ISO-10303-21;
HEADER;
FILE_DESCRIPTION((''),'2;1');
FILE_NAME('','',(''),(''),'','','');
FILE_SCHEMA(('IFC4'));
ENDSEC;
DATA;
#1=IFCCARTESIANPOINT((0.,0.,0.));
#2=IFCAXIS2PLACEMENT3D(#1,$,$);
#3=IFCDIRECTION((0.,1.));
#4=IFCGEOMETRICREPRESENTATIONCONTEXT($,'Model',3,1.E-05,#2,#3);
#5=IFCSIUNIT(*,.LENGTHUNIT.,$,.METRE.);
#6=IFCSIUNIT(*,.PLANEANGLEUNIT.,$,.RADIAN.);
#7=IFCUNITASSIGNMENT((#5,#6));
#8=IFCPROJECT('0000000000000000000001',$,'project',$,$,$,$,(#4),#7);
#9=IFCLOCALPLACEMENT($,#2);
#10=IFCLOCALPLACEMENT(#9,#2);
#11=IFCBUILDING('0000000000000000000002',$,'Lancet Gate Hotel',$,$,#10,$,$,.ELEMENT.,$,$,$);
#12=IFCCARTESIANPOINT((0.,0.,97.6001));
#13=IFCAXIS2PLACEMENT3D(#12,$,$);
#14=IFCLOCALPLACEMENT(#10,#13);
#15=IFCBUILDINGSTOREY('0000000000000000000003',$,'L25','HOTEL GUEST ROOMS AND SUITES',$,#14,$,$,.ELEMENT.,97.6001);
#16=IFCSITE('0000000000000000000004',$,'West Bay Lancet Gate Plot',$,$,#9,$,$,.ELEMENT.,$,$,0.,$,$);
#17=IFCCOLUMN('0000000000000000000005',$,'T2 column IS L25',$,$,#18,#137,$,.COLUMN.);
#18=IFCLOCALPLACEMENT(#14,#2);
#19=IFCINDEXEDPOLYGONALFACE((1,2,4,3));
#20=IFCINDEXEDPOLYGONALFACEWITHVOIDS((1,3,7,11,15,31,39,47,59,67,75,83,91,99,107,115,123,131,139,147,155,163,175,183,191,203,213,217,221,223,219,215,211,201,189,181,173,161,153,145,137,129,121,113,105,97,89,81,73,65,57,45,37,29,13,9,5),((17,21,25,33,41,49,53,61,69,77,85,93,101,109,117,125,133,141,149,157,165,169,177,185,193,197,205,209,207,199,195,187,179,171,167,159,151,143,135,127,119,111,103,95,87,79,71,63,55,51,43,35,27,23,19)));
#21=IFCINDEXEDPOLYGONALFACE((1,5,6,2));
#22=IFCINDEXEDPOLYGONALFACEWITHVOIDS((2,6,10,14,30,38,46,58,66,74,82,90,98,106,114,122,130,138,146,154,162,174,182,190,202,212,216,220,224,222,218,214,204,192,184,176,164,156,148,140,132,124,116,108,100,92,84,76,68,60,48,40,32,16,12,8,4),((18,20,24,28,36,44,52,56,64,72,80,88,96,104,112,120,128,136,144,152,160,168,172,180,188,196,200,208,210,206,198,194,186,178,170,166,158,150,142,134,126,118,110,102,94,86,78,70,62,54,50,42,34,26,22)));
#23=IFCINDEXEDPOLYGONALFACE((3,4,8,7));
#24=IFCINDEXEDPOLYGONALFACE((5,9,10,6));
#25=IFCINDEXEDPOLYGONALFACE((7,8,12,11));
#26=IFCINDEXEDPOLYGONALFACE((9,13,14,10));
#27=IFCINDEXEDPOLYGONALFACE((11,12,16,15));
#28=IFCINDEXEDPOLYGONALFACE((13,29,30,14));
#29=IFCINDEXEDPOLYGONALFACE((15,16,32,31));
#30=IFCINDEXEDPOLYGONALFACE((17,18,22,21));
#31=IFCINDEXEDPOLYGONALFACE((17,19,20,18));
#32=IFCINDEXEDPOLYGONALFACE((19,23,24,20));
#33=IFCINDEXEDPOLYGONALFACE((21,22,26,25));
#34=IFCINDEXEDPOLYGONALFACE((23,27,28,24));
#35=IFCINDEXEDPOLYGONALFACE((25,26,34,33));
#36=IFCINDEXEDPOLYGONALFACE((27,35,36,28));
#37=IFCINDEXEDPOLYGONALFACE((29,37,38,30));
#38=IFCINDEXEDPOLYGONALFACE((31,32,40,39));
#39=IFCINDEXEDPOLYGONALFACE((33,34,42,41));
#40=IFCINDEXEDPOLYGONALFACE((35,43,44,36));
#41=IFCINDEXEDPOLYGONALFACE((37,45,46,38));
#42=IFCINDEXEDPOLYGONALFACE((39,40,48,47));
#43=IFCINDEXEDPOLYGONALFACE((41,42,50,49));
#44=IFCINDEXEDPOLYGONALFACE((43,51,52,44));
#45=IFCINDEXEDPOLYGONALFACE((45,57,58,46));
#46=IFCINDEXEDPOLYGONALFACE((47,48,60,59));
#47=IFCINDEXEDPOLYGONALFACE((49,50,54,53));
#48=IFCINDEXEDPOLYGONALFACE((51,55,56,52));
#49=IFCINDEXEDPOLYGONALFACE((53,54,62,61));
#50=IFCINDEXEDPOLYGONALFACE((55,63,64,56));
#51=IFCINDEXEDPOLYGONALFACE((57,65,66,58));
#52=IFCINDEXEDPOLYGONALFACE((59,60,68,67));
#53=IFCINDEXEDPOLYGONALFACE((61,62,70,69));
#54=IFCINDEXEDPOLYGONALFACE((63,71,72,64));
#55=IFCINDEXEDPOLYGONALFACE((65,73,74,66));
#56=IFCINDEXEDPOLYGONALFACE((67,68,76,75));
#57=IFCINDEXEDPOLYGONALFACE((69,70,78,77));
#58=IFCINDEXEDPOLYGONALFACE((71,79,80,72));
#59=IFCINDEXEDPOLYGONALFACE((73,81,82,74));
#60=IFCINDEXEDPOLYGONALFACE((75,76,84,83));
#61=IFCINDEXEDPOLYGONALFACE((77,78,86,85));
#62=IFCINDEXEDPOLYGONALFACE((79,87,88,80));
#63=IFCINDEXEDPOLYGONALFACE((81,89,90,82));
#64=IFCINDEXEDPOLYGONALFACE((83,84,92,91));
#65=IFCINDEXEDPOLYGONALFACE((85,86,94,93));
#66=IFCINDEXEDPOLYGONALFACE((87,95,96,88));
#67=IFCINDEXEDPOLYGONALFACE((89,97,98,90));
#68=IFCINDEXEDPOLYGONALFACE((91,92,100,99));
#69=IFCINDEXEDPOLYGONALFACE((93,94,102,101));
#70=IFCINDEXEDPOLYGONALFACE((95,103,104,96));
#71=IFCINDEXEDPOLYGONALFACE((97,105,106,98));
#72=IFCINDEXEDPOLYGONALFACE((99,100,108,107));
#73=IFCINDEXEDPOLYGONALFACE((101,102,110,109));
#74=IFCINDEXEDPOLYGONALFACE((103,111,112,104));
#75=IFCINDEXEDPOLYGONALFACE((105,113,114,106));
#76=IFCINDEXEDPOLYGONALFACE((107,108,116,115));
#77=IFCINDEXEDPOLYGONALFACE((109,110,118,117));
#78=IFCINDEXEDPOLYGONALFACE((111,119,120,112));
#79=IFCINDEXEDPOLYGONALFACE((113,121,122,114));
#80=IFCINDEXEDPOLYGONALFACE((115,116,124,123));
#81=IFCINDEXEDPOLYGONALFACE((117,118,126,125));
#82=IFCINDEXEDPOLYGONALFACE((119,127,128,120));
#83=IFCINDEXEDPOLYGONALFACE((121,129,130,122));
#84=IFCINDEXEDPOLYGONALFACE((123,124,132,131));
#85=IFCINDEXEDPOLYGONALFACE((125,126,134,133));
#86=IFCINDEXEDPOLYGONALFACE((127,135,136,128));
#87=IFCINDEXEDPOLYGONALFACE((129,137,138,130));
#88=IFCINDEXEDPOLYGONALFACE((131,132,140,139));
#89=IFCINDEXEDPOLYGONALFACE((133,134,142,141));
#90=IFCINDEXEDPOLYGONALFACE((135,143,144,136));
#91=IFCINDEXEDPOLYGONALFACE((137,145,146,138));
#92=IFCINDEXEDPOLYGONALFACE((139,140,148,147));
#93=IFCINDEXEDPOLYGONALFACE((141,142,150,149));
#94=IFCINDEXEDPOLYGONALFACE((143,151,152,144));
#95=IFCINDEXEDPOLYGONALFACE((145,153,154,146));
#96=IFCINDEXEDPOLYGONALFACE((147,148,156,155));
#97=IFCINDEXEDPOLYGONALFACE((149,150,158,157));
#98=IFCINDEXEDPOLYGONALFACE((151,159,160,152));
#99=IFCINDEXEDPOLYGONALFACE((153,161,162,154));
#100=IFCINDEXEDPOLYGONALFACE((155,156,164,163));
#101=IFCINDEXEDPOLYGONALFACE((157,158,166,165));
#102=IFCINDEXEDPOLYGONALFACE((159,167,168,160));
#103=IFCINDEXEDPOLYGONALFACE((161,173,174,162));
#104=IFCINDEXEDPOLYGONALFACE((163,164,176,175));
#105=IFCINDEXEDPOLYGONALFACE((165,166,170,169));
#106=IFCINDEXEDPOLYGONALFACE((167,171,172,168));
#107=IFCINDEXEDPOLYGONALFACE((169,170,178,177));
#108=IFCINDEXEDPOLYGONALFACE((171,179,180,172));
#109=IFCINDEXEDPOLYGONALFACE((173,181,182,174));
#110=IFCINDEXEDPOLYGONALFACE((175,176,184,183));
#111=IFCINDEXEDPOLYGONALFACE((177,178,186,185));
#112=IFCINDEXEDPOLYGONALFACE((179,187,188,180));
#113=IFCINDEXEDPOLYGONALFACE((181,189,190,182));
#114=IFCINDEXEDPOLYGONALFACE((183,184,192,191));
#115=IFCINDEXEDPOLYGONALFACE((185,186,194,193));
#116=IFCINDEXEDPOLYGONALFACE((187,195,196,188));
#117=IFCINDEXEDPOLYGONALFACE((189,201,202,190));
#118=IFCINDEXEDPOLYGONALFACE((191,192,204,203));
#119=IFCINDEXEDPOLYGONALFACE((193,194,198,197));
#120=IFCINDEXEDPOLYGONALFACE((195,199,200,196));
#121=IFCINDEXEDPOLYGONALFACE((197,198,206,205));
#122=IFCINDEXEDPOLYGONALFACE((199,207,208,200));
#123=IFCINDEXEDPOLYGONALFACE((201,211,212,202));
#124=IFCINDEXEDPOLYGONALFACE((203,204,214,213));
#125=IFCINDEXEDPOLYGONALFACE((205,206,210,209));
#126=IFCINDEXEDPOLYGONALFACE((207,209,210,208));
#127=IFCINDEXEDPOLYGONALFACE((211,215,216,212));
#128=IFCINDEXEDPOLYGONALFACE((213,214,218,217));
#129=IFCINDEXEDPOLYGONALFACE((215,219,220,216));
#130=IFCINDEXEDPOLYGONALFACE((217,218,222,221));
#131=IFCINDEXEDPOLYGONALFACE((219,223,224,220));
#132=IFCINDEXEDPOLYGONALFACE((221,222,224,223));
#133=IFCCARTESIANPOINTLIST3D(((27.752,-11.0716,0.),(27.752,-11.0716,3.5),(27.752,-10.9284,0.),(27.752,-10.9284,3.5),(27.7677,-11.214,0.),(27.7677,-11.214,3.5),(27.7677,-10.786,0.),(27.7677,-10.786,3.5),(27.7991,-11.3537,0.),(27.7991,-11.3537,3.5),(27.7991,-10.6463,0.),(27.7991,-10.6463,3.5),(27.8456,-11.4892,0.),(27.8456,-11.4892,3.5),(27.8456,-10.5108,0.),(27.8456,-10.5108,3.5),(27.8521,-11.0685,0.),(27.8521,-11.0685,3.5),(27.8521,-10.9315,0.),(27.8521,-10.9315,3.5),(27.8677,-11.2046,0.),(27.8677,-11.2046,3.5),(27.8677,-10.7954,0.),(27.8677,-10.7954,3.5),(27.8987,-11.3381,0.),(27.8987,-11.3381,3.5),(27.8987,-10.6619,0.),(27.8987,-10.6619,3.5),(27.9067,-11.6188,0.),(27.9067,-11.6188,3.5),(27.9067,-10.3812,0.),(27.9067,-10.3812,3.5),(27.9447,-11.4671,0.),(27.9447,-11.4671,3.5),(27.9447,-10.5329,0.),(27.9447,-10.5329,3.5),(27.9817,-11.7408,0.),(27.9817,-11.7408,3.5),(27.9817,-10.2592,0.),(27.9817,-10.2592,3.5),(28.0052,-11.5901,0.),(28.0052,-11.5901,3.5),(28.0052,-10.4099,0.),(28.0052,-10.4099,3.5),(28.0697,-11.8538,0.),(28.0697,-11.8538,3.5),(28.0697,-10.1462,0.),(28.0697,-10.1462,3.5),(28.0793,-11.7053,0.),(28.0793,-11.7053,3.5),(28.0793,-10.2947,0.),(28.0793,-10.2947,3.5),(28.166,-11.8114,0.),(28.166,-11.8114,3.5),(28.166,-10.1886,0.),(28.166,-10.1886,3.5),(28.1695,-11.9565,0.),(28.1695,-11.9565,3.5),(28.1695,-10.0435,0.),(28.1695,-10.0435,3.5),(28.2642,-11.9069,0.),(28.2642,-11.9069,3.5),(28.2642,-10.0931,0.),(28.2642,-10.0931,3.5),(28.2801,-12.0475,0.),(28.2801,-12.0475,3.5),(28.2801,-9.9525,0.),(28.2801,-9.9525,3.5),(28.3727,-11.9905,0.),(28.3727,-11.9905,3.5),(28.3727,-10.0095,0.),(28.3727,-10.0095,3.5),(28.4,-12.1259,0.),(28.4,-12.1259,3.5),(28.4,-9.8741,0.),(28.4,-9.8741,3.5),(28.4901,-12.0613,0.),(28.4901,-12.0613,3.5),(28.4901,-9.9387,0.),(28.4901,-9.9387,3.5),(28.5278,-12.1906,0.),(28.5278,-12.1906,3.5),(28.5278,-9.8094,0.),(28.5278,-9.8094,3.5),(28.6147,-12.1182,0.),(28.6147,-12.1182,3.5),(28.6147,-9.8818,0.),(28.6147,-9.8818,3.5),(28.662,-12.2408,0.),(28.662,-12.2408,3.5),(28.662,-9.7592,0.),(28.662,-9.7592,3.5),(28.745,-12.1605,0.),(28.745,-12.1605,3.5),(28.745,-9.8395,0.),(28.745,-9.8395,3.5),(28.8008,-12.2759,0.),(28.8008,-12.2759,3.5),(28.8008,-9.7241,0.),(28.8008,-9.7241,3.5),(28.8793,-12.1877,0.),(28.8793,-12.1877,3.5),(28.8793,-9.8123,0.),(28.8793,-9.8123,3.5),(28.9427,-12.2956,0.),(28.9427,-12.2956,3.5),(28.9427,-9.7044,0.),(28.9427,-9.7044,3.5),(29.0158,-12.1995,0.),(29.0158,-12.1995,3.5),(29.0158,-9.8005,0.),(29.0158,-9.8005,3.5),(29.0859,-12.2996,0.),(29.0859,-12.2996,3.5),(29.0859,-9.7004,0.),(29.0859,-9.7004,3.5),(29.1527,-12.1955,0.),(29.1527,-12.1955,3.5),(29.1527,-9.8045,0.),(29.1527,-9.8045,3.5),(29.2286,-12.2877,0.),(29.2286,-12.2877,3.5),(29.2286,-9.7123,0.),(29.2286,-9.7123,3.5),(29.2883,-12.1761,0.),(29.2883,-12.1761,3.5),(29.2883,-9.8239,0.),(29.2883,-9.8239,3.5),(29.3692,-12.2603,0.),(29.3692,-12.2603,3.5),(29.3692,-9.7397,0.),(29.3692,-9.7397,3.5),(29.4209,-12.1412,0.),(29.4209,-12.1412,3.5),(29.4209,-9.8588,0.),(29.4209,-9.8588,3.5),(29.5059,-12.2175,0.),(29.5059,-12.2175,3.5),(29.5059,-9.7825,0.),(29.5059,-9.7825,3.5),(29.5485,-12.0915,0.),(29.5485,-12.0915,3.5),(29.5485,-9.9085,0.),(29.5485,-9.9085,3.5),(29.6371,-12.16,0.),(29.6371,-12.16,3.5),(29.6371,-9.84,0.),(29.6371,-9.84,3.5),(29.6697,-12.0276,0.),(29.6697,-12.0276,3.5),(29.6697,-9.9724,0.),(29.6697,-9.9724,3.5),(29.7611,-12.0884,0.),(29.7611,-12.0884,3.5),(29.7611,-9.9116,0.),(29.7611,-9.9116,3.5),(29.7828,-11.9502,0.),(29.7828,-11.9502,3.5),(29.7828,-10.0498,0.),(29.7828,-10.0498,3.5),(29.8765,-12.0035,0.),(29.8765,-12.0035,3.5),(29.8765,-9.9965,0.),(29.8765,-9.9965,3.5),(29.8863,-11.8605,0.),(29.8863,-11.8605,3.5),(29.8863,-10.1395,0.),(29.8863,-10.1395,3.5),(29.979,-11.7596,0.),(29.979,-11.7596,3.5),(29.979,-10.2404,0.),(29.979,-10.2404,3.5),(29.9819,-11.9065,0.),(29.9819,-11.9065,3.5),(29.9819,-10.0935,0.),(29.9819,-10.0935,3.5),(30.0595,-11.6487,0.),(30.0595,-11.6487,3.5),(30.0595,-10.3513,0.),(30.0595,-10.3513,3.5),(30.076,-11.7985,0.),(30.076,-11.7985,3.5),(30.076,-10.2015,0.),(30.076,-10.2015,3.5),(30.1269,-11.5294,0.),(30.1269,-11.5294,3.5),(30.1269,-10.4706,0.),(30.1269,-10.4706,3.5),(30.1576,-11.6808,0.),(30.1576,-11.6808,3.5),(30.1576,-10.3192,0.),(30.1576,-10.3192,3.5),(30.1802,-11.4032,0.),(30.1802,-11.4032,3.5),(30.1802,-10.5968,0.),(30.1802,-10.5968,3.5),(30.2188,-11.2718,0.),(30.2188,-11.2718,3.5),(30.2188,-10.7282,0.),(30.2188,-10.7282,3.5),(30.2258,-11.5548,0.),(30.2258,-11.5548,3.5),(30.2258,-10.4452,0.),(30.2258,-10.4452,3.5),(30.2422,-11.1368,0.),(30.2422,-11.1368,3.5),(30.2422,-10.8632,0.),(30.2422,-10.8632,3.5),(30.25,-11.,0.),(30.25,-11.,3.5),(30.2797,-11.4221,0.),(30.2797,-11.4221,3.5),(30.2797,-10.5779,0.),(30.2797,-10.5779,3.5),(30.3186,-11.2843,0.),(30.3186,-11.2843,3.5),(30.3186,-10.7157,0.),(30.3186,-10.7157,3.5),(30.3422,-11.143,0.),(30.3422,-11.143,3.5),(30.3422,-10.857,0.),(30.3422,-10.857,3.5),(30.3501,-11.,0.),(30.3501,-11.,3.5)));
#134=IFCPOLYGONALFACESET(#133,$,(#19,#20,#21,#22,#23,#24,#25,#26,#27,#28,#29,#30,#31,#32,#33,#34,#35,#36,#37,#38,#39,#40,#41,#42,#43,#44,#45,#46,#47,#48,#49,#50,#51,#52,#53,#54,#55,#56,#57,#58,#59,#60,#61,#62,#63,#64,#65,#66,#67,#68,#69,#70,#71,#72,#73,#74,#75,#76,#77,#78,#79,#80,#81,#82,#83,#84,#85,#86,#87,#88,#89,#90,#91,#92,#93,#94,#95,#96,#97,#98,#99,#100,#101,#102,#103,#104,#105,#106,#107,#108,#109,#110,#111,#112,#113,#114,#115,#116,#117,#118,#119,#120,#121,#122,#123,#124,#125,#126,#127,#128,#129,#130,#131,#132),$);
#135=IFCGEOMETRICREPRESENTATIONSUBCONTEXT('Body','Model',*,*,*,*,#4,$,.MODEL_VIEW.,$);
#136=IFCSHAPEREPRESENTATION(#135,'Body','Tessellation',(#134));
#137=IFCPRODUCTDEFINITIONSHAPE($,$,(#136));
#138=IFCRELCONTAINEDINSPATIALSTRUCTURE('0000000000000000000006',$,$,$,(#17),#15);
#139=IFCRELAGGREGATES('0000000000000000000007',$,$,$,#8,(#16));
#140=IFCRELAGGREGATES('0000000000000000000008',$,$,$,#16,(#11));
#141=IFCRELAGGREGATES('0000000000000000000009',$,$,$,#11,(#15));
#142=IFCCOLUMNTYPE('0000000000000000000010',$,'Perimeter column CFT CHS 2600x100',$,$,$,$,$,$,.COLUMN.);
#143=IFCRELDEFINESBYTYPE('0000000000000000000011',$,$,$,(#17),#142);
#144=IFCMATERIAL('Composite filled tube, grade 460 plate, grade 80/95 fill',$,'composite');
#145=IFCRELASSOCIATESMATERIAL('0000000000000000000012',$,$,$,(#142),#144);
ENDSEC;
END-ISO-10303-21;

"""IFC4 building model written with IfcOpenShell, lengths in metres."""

from ifc_helpers import new_model, si_unit, direction, frame, origin, origin_2d, place, context, subcontext, project, spatial, hollow_circle, extrude, material, material_profile, profile_set, type_object, element, save


model = new_model("IFC4")

# Units and contexts
model_context = context("Model", 3, precision=1e-05, world=origin(), true_north=direction((0.0, 1.0)))
body_context = subcontext(model_context, "Body", "Model", "MODEL_VIEW")
ifc_project = project(units=[si_unit("LENGTHUNIT", "METRE"), si_unit("PLANEANGLEUNIT", "RADIAN")], contexts=[model_context])

# Site, building, storey
site_placement = place(None, origin())
site = spatial("IfcSite", under=ifc_project, at=site_placement, Name="West Bay Lancet Gate Plot", CompositionType="ELEMENT", RefElevation=0.0)
building_placement = place(site_placement, origin())
building = spatial("IfcBuilding", under=site, at=building_placement, Name="Lancet Gate Hotel", CompositionType="ELEMENT")
storey_placement = place(building_placement, frame((0.0, 0.0, 97.6001)))
storey = spatial("IfcBuildingStorey", under=building, at=storey_placement, Name="L25", Description="HOTEL GUEST ROOMS AND SUITES", CompositionType="ELEMENT", Elevation=97.6001)

# Column
ifc_material_1 = material(Name="Composite filled tube, grade 460 plate, grade 80/95 fill", Category="composite")
ifc_material_profile_1 = material_profile(ifc_material_1, hollow_circle(Radius=1.3, WallThickness=0.1001, at=origin_2d()), Name="CHS 2600x100")
ifc_profile_set_1 = profile_set([ifc_material_profile_1], Name="Composite filled tube, grade 460 plate, grade 80/95 fill")
column_type = type_object("IfcColumnType", Name="Perimeter column CFT CHS 2600x100", PredefinedType="COLUMN", material=ifc_profile_set_1)
for number, where, z_axis, x_axis, name in (
    (1, (29.05, -11.0, 0.0), (0.0, 0.0, 1.0), (1.0, 0.0, 0.0), "T2 column IS L25"),
):
    element("IfcColumn", number, at=place(storey_placement, frame(where, z_axis=z_axis, x_axis=x_axis)), inside=storey, type_object=column_type, Name=name, PredefinedType="COLUMN", context=body_context, shape_type="SweptSolid", body=[
        extrude(hollow_circle(Radius=1.3, WallThickness=0.1001, at=origin_2d()), origin(), (0.0, 0.0, 1.0), 3.5),
    ])

save(model, "model.ifc")
